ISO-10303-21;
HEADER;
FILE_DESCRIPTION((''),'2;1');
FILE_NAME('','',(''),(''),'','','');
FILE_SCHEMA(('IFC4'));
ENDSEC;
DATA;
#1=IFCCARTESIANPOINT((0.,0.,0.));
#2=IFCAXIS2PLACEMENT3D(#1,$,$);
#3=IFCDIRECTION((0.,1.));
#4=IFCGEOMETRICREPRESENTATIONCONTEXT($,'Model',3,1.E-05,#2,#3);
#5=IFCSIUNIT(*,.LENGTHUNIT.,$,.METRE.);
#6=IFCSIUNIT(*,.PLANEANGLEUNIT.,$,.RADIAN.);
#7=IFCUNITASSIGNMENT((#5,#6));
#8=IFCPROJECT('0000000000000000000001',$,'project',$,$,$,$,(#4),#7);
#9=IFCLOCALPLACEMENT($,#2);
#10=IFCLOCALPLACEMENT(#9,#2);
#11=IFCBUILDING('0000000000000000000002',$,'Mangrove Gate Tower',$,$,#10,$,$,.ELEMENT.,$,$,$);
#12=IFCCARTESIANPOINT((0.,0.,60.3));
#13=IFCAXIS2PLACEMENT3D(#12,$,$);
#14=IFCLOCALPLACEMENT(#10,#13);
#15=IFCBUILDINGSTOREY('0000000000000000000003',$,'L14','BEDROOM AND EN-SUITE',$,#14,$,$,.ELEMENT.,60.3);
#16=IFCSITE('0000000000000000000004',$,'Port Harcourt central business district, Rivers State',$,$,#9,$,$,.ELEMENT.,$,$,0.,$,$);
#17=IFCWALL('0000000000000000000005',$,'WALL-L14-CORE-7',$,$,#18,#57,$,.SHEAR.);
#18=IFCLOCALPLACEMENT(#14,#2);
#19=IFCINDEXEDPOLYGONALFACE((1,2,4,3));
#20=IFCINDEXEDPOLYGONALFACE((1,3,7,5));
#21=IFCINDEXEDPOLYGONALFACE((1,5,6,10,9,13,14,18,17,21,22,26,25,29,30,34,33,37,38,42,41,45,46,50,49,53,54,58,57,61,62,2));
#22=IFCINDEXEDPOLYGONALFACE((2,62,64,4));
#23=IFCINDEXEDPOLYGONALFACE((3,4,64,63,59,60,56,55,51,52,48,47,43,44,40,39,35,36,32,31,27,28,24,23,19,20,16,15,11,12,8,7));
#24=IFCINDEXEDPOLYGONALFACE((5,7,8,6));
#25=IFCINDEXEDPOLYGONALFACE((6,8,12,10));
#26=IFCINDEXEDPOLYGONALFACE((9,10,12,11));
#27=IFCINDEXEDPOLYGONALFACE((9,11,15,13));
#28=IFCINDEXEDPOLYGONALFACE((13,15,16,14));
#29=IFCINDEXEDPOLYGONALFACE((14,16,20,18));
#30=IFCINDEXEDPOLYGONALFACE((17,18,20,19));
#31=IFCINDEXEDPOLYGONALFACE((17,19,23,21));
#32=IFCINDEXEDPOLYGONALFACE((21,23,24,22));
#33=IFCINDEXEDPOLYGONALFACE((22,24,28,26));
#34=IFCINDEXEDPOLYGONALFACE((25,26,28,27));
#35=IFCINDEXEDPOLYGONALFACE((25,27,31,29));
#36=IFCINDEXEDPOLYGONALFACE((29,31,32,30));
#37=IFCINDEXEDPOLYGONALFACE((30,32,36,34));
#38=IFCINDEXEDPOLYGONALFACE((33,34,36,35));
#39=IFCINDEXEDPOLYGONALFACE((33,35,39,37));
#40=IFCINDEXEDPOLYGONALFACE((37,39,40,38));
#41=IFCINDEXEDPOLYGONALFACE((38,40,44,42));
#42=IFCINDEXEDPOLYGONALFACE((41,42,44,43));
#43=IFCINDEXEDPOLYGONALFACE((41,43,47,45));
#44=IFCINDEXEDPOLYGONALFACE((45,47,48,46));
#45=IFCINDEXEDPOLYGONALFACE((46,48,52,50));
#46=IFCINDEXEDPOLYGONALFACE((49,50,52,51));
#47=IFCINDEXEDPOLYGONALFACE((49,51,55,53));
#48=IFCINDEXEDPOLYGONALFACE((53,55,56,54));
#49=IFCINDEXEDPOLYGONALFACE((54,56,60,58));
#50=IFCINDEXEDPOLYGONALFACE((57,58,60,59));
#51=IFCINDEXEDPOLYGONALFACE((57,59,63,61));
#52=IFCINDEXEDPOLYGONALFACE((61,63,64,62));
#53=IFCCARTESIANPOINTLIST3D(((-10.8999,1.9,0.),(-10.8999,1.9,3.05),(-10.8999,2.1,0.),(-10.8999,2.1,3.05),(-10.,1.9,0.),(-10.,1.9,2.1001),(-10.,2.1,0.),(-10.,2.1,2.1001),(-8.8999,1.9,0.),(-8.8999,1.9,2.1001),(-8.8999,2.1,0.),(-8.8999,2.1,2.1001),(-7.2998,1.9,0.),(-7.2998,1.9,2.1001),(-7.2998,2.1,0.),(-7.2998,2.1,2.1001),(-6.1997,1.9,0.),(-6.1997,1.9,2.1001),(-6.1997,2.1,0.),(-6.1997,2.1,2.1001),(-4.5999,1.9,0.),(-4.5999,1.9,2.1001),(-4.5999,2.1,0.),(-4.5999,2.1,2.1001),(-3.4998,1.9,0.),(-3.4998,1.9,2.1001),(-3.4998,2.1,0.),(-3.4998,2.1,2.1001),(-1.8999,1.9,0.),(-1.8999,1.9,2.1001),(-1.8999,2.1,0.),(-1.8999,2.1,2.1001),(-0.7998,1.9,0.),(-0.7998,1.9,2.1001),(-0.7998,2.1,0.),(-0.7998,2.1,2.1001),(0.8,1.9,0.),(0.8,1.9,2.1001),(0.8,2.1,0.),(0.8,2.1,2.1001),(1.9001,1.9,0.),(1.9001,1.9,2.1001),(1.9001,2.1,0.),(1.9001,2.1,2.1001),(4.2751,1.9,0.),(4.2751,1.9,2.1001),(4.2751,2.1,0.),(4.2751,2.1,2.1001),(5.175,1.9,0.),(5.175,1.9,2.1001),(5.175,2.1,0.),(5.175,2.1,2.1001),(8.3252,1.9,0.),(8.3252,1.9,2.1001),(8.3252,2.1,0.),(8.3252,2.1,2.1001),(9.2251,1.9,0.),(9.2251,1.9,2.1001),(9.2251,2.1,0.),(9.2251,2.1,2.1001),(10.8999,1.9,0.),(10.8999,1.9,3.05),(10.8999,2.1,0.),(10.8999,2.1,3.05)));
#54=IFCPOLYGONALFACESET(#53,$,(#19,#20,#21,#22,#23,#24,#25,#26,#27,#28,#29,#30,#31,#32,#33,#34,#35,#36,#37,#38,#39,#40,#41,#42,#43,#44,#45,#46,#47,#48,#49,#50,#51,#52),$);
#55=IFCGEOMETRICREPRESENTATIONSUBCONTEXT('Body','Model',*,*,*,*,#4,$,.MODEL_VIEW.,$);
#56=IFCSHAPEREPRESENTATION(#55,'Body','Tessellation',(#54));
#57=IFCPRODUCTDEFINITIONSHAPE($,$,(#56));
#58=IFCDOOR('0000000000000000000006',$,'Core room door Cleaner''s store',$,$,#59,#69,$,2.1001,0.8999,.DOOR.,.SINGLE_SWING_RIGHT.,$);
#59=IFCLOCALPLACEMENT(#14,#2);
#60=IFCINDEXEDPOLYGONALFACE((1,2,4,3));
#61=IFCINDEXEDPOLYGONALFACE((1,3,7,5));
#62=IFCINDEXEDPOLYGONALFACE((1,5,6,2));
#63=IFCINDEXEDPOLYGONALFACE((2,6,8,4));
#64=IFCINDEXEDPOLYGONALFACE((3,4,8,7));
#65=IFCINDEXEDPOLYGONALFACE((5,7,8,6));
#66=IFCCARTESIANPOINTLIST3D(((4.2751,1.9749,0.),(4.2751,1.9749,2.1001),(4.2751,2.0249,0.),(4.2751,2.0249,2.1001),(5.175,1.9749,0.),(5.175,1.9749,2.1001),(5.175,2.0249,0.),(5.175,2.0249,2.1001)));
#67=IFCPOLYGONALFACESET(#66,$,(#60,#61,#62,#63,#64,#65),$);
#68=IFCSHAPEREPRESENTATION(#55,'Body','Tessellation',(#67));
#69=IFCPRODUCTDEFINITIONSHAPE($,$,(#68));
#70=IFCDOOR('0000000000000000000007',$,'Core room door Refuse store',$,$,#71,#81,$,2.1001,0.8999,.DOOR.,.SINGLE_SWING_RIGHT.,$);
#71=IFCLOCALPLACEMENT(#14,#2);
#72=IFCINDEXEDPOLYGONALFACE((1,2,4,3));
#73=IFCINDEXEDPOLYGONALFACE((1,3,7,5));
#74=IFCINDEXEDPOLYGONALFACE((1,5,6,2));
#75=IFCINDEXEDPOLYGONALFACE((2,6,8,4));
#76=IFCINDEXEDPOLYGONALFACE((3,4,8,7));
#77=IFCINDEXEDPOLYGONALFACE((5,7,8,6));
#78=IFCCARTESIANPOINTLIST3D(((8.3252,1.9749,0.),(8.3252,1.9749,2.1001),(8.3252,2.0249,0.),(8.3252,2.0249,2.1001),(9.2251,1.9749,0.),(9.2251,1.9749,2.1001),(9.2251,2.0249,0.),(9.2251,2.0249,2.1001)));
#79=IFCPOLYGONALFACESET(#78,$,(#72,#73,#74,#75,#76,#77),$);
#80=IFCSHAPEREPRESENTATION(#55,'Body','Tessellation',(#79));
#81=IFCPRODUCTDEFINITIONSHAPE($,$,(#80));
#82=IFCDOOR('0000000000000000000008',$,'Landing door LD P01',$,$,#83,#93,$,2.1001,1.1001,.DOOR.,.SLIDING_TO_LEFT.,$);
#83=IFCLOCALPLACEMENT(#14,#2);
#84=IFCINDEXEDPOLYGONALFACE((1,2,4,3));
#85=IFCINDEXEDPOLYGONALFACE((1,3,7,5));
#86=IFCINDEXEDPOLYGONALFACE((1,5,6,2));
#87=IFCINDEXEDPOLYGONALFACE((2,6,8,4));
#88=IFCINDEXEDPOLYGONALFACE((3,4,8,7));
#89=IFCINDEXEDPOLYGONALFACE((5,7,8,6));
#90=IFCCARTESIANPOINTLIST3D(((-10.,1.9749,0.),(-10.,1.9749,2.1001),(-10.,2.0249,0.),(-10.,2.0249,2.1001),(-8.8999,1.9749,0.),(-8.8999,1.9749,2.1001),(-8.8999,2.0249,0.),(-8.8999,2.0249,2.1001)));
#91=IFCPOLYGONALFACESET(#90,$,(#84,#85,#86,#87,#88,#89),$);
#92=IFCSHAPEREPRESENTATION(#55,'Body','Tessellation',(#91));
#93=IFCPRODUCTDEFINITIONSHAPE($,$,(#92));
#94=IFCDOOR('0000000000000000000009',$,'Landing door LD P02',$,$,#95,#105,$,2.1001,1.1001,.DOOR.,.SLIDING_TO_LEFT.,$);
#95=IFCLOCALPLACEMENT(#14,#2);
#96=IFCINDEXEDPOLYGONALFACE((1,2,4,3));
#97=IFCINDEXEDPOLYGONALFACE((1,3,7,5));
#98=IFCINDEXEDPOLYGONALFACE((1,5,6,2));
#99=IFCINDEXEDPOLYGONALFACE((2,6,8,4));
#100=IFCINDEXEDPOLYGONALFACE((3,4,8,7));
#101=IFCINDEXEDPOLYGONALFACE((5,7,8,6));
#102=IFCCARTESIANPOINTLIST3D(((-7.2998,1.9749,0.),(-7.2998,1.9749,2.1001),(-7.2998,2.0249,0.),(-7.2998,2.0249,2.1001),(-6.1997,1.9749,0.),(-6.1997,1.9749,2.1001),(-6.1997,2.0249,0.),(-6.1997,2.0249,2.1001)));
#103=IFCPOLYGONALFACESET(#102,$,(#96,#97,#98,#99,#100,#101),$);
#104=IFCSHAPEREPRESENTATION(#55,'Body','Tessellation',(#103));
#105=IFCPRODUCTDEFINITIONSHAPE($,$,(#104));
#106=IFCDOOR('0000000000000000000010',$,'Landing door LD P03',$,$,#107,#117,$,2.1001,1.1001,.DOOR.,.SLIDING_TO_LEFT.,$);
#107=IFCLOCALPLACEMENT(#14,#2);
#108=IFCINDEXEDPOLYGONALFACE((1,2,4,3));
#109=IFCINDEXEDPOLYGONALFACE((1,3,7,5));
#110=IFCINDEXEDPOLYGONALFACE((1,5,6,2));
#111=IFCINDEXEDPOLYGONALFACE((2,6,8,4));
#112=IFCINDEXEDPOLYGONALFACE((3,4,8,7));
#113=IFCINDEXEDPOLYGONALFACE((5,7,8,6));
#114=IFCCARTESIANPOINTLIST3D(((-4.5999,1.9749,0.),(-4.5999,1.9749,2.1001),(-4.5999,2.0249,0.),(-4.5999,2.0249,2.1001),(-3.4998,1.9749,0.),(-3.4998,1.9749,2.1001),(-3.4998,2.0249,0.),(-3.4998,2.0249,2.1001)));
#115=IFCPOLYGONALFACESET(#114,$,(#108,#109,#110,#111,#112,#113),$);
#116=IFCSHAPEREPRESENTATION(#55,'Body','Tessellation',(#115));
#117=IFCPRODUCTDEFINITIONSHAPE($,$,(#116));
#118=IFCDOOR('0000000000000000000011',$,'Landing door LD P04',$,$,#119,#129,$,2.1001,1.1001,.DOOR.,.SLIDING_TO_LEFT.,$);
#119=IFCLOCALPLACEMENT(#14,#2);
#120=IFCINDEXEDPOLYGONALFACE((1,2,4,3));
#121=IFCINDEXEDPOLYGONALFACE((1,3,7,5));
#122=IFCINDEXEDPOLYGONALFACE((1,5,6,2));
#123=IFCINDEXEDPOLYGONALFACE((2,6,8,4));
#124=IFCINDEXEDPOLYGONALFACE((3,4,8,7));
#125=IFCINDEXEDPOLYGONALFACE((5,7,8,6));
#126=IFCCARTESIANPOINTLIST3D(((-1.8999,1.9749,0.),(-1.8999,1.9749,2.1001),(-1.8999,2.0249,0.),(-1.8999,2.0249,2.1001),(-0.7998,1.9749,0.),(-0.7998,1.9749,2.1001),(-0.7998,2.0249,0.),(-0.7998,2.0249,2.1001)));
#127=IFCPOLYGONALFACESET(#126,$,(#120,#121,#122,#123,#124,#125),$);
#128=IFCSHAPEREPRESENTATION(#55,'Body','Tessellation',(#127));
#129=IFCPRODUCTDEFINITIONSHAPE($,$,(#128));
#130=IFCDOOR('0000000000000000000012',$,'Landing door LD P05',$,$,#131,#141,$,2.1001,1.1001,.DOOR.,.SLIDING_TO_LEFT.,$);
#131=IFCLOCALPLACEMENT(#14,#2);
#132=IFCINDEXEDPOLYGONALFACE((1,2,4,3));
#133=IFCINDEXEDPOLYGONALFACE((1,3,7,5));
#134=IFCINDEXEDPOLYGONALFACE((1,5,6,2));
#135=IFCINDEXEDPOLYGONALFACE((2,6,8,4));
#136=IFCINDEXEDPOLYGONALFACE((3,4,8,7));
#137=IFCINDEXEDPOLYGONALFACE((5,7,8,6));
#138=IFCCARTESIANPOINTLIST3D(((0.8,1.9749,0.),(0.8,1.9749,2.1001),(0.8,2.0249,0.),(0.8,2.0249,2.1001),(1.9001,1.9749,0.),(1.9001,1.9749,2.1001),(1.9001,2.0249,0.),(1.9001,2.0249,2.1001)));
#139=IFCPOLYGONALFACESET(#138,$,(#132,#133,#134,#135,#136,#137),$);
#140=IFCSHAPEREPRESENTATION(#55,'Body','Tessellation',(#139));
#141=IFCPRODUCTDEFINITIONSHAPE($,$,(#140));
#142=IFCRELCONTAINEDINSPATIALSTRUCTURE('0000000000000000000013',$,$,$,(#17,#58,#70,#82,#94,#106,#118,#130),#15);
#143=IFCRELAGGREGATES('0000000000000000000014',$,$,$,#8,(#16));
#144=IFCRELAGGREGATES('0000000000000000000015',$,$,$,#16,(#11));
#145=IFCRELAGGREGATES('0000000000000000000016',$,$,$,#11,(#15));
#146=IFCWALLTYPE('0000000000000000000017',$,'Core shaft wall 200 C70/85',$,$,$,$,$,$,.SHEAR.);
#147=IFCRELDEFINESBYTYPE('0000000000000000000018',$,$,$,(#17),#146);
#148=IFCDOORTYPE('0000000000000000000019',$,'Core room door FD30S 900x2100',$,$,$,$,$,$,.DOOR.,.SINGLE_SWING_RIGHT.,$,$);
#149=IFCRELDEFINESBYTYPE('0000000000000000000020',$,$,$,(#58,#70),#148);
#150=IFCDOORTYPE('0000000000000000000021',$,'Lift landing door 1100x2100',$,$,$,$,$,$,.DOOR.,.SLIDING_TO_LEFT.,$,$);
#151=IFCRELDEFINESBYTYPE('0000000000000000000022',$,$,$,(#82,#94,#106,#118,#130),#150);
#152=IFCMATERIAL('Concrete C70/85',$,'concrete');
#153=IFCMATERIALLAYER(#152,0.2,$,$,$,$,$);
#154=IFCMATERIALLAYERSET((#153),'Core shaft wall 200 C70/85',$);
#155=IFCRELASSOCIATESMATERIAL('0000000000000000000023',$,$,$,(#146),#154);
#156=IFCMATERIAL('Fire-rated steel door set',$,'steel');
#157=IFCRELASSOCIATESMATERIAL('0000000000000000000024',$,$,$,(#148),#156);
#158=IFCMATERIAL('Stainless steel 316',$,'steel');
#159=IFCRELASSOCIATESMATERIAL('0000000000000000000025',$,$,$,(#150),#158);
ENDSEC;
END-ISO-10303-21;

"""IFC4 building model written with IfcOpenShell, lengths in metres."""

from ifc_helpers import new_model, si_unit, direction, frame, frame_2d, origin, place, context, subcontext, project, spatial, rectangle, extrude, material, layer, layer_set, type_object, element, fill, save


model = new_model("IFC4")

# Units and contexts
model_context = context("Model", 3, precision=1e-05, world=origin(), true_north=direction((0.0, 1.0)))
body_context = subcontext(model_context, "Body", "Model", "MODEL_VIEW")
ifc_project = project(units=[si_unit("LENGTHUNIT", "METRE"), si_unit("PLANEANGLEUNIT", "RADIAN")], contexts=[model_context])

# Site, building, storey
site_placement = place(None, origin())
site = spatial("IfcSite", under=ifc_project, at=site_placement, Name="Port Harcourt central business district, Rivers State", CompositionType="ELEMENT", RefElevation=0.0)
building_placement = place(site_placement, origin())
building = spatial("IfcBuilding", under=site, at=building_placement, Name="Mangrove Gate Tower", CompositionType="ELEMENT")
storey_placement = place(building_placement, frame((0.0, 0.0, 60.3)))
storey = spatial("IfcBuildingStorey", under=building, at=storey_placement, Name="L14", Description="BEDROOM AND EN-SUITE", CompositionType="ELEMENT", Elevation=60.3)

# Shared definitions
ifc_material_1 = material(Name="Concrete C70/85", Category="concrete")
ifc_layer_1 = layer(ifc_material_1, 0.2)
ifc_layer_set_1 = layer_set([ifc_layer_1], Name="Core shaft wall 200 C70/85")
wall_type_1 = type_object("IfcWallType", Name="Core shaft wall 200 C70/85", PredefinedType="SHEAR", material=ifc_layer_set_1)

# Wall, openings, doors
wall_1_placement = place(storey_placement, frame((-10.8999, 2.0, 0.0), z_axis=(0.0, 0.0, 1.0), x_axis=(1.0, 0.0, 0.0)))
wall_1 = element("IfcWall", 1, at=wall_1_placement, inside=storey, type_object=wall_type_1, Name="WALL-L14-CORE-7", PredefinedType="SHEAR", context=body_context, shape_type="SweptSolid", body=[
    extrude(rectangle(XDim=21.7998, YDim=0.2, at=frame_2d((10.8999, 0.0))), origin(), (0.0, 0.0, 1.0), 3.05),
])
opening_1_placement = place(wall_1_placement, frame((0.8999, 0.0, 0.0)))
opening_1 = element("IfcOpeningElement", 2, at=opening_1_placement, cuts=wall_1, PredefinedType="OPENING", context=body_context, shape_type="SweptSolid", body=[
    extrude(rectangle(XDim=1.1001, YDim=2.1001, at=frame_2d((0.55, 1.05))), frame((0.0, 0.1099, 0.0), z_axis=(0.0, -1.0, 0.0), x_axis=(1.0, 0.0, 0.0)), (0.0, 0.0, 1.0), 0.22),
])
opening_2_placement = place(wall_1_placement, frame((3.6001, 0.0, 0.0)))
opening_2 = element("IfcOpeningElement", 3, at=opening_2_placement, cuts=wall_1, PredefinedType="OPENING", context=body_context, shape_type="SweptSolid", body=[
    extrude(rectangle(XDim=1.1001, YDim=2.1001, at=frame_2d((0.55, 1.05))), frame((0.0, 0.1099, 0.0), z_axis=(0.0, -1.0, 0.0), x_axis=(1.0, 0.0, 0.0)), (0.0, 0.0, 1.0), 0.22),
])
opening_3_placement = place(wall_1_placement, frame((6.3, 0.0, 0.0)))
opening_3 = element("IfcOpeningElement", 4, at=opening_3_placement, cuts=wall_1, PredefinedType="OPENING", context=body_context, shape_type="SweptSolid", body=[
    extrude(rectangle(XDim=1.1001, YDim=2.1001, at=frame_2d((0.55, 1.05))), frame((0.0, 0.1099, 0.0), z_axis=(0.0, -1.0, 0.0), x_axis=(1.0, 0.0, 0.0)), (0.0, 0.0, 1.0), 0.22),
])
opening_4_placement = place(wall_1_placement, frame((9.0, 0.0, 0.0)))
opening_4 = element("IfcOpeningElement", 5, at=opening_4_placement, cuts=wall_1, PredefinedType="OPENING", context=body_context, shape_type="SweptSolid", body=[
    extrude(rectangle(XDim=1.1001, YDim=2.1001, at=frame_2d((0.55, 1.05))), frame((0.0, 0.1099, 0.0), z_axis=(0.0, -1.0, 0.0), x_axis=(1.0, 0.0, 0.0)), (0.0, 0.0, 1.0), 0.22),
])
opening_5_placement = place(wall_1_placement, frame((11.7, 0.0, 0.0)))
opening_5 = element("IfcOpeningElement", 6, at=opening_5_placement, cuts=wall_1, PredefinedType="OPENING", context=body_context, shape_type="SweptSolid", body=[
    extrude(rectangle(XDim=1.1001, YDim=2.1001, at=frame_2d((0.55, 1.05))), frame((0.0, 0.1099, 0.0), z_axis=(0.0, -1.0, 0.0), x_axis=(1.0, 0.0, 0.0)), (0.0, 0.0, 1.0), 0.22),
])
opening_6_placement = place(wall_1_placement, frame((15.175, 0.0, 0.0)))
opening_6 = element("IfcOpeningElement", 7, at=opening_6_placement, cuts=wall_1, PredefinedType="OPENING", context=body_context, shape_type="SweptSolid", body=[
    extrude(rectangle(XDim=0.8999, YDim=2.1001, at=frame_2d((0.45, 1.05))), frame((0.0, 0.1099, 0.0), z_axis=(0.0, -1.0, 0.0), x_axis=(1.0, 0.0, 0.0)), (0.0, 0.0, 1.0), 0.22),
])
opening_7_placement = place(wall_1_placement, frame((19.2251, 0.0, 0.0)))
opening_7 = element("IfcOpeningElement", 8, at=opening_7_placement, cuts=wall_1, PredefinedType="OPENING", context=body_context, shape_type="SweptSolid", body=[
    extrude(rectangle(XDim=0.8999, YDim=2.1001, at=frame_2d((0.45, 1.05))), frame((0.0, 0.1099, 0.0), z_axis=(0.0, -1.0, 0.0), x_axis=(1.0, 0.0, 0.0)), (0.0, 0.0, 1.0), 0.22),
])
ifc_material_2 = material(Name="Fire-rated steel door set", Category="steel")
door_type_1 = type_object("IfcDoorType", Name="Core room door FD30S 900x2100", OperationType="SINGLE_SWING_RIGHT", PredefinedType="DOOR", material=ifc_material_2)
door_1_placement = place(opening_6_placement, origin())
door_1 = element("IfcDoor", 9, at=door_1_placement, inside=storey, type_object=door_type_1, Name="Core room door Cleaner's store", OperationType="SINGLE_SWING_RIGHT", OverallHeight=2.1001, OverallWidth=0.8999, PredefinedType="DOOR", context=body_context, shape_type="SweptSolid", body=[
    extrude(rectangle(XDim=0.8999, YDim=2.1001, at=frame_2d((0.45, 1.05))), frame((0.0, 0.0249, 0.0), z_axis=(0.0, -1.0, 0.0), x_axis=(1.0, 0.0, 0.0)), (0.0, 0.0, 1.0), 0.05),
])
fill(opening_6, door_1)
door_2_placement = place(opening_7_placement, origin())
door_2 = element("IfcDoor", 10, at=door_2_placement, inside=storey, type_object=door_type_1, Name="Core room door Refuse store", OperationType="SINGLE_SWING_RIGHT", OverallHeight=2.1001, OverallWidth=0.8999, PredefinedType="DOOR", context=body_context, shape_type="SweptSolid", body=[
    extrude(rectangle(XDim=0.8999, YDim=2.1001, at=frame_2d((0.45, 1.05))), frame((0.0, 0.0249, 0.0), z_axis=(0.0, -1.0, 0.0), x_axis=(1.0, 0.0, 0.0)), (0.0, 0.0, 1.0), 0.05),
])
fill(opening_7, door_2)
ifc_material_3 = material(Name="Stainless steel 316", Category="steel")
door_type_2 = type_object("IfcDoorType", Name="Lift landing door 1100x2100", OperationType="SLIDING_TO_LEFT", PredefinedType="DOOR", material=ifc_material_3)
door_3_placement = place(opening_1_placement, origin())
door_3 = element("IfcDoor", 11, at=door_3_placement, inside=storey, type_object=door_type_2, Name="Landing door LD P01", OperationType="SLIDING_TO_LEFT", OverallHeight=2.1001, OverallWidth=1.1001, PredefinedType="DOOR", context=body_context, shape_type="SweptSolid", body=[
    extrude(rectangle(XDim=1.1001, YDim=2.1001, at=frame_2d((0.55, 1.05))), frame((0.0, 0.0249, 0.0), z_axis=(0.0, -1.0, 0.0), x_axis=(1.0, 0.0, 0.0)), (0.0, 0.0, 1.0), 0.05),
])
fill(opening_1, door_3)
door_4_placement = place(opening_2_placement, origin())
door_4 = element("IfcDoor", 12, at=door_4_placement, inside=storey, type_object=door_type_2, Name="Landing door LD P02", OperationType="SLIDING_TO_LEFT", OverallHeight=2.1001, OverallWidth=1.1001, PredefinedType="DOOR", context=body_context, shape_type="SweptSolid", body=[
    extrude(rectangle(XDim=1.1001, YDim=2.1001, at=frame_2d((0.55, 1.05))), frame((0.0, 0.0249, 0.0), z_axis=(0.0, -1.0, 0.0), x_axis=(1.0, 0.0, 0.0)), (0.0, 0.0, 1.0), 0.05),
])
fill(opening_2, door_4)
door_5_placement = place(opening_3_placement, origin())
door_5 = element("IfcDoor", 13, at=door_5_placement, inside=storey, type_object=door_type_2, Name="Landing door LD P03", OperationType="SLIDING_TO_LEFT", OverallHeight=2.1001, OverallWidth=1.1001, PredefinedType="DOOR", context=body_context, shape_type="SweptSolid", body=[
    extrude(rectangle(XDim=1.1001, YDim=2.1001, at=frame_2d((0.55, 1.05))), frame((0.0, 0.0249, 0.0), z_axis=(0.0, -1.0, 0.0), x_axis=(1.0, 0.0, 0.0)), (0.0, 0.0, 1.0), 0.05),
])
fill(opening_3, door_5)
door_6_placement = place(opening_4_placement, origin())
door_6 = element("IfcDoor", 14, at=door_6_placement, inside=storey, type_object=door_type_2, Name="Landing door LD P04", OperationType="SLIDING_TO_LEFT", OverallHeight=2.1001, OverallWidth=1.1001, PredefinedType="DOOR", context=body_context, shape_type="SweptSolid", body=[
    extrude(rectangle(XDim=1.1001, YDim=2.1001, at=frame_2d((0.55, 1.05))), frame((0.0, 0.0249, 0.0), z_axis=(0.0, -1.0, 0.0), x_axis=(1.0, 0.0, 0.0)), (0.0, 0.0, 1.0), 0.05),
])
fill(opening_4, door_6)
door_7_placement = place(opening_5_placement, origin())
door_7 = element("IfcDoor", 15, at=door_7_placement, inside=storey, type_object=door_type_2, Name="Landing door LD P05", OperationType="SLIDING_TO_LEFT", OverallHeight=2.1001, OverallWidth=1.1001, PredefinedType="DOOR", context=body_context, shape_type="SweptSolid", body=[
    extrude(rectangle(XDim=1.1001, YDim=2.1001, at=frame_2d((0.55, 1.05))), frame((0.0, 0.0249, 0.0), z_axis=(0.0, -1.0, 0.0), x_axis=(1.0, 0.0, 0.0)), (0.0, 0.0, 1.0), 0.05),
])
fill(opening_5, door_7)

save(model, "model.ifc")
